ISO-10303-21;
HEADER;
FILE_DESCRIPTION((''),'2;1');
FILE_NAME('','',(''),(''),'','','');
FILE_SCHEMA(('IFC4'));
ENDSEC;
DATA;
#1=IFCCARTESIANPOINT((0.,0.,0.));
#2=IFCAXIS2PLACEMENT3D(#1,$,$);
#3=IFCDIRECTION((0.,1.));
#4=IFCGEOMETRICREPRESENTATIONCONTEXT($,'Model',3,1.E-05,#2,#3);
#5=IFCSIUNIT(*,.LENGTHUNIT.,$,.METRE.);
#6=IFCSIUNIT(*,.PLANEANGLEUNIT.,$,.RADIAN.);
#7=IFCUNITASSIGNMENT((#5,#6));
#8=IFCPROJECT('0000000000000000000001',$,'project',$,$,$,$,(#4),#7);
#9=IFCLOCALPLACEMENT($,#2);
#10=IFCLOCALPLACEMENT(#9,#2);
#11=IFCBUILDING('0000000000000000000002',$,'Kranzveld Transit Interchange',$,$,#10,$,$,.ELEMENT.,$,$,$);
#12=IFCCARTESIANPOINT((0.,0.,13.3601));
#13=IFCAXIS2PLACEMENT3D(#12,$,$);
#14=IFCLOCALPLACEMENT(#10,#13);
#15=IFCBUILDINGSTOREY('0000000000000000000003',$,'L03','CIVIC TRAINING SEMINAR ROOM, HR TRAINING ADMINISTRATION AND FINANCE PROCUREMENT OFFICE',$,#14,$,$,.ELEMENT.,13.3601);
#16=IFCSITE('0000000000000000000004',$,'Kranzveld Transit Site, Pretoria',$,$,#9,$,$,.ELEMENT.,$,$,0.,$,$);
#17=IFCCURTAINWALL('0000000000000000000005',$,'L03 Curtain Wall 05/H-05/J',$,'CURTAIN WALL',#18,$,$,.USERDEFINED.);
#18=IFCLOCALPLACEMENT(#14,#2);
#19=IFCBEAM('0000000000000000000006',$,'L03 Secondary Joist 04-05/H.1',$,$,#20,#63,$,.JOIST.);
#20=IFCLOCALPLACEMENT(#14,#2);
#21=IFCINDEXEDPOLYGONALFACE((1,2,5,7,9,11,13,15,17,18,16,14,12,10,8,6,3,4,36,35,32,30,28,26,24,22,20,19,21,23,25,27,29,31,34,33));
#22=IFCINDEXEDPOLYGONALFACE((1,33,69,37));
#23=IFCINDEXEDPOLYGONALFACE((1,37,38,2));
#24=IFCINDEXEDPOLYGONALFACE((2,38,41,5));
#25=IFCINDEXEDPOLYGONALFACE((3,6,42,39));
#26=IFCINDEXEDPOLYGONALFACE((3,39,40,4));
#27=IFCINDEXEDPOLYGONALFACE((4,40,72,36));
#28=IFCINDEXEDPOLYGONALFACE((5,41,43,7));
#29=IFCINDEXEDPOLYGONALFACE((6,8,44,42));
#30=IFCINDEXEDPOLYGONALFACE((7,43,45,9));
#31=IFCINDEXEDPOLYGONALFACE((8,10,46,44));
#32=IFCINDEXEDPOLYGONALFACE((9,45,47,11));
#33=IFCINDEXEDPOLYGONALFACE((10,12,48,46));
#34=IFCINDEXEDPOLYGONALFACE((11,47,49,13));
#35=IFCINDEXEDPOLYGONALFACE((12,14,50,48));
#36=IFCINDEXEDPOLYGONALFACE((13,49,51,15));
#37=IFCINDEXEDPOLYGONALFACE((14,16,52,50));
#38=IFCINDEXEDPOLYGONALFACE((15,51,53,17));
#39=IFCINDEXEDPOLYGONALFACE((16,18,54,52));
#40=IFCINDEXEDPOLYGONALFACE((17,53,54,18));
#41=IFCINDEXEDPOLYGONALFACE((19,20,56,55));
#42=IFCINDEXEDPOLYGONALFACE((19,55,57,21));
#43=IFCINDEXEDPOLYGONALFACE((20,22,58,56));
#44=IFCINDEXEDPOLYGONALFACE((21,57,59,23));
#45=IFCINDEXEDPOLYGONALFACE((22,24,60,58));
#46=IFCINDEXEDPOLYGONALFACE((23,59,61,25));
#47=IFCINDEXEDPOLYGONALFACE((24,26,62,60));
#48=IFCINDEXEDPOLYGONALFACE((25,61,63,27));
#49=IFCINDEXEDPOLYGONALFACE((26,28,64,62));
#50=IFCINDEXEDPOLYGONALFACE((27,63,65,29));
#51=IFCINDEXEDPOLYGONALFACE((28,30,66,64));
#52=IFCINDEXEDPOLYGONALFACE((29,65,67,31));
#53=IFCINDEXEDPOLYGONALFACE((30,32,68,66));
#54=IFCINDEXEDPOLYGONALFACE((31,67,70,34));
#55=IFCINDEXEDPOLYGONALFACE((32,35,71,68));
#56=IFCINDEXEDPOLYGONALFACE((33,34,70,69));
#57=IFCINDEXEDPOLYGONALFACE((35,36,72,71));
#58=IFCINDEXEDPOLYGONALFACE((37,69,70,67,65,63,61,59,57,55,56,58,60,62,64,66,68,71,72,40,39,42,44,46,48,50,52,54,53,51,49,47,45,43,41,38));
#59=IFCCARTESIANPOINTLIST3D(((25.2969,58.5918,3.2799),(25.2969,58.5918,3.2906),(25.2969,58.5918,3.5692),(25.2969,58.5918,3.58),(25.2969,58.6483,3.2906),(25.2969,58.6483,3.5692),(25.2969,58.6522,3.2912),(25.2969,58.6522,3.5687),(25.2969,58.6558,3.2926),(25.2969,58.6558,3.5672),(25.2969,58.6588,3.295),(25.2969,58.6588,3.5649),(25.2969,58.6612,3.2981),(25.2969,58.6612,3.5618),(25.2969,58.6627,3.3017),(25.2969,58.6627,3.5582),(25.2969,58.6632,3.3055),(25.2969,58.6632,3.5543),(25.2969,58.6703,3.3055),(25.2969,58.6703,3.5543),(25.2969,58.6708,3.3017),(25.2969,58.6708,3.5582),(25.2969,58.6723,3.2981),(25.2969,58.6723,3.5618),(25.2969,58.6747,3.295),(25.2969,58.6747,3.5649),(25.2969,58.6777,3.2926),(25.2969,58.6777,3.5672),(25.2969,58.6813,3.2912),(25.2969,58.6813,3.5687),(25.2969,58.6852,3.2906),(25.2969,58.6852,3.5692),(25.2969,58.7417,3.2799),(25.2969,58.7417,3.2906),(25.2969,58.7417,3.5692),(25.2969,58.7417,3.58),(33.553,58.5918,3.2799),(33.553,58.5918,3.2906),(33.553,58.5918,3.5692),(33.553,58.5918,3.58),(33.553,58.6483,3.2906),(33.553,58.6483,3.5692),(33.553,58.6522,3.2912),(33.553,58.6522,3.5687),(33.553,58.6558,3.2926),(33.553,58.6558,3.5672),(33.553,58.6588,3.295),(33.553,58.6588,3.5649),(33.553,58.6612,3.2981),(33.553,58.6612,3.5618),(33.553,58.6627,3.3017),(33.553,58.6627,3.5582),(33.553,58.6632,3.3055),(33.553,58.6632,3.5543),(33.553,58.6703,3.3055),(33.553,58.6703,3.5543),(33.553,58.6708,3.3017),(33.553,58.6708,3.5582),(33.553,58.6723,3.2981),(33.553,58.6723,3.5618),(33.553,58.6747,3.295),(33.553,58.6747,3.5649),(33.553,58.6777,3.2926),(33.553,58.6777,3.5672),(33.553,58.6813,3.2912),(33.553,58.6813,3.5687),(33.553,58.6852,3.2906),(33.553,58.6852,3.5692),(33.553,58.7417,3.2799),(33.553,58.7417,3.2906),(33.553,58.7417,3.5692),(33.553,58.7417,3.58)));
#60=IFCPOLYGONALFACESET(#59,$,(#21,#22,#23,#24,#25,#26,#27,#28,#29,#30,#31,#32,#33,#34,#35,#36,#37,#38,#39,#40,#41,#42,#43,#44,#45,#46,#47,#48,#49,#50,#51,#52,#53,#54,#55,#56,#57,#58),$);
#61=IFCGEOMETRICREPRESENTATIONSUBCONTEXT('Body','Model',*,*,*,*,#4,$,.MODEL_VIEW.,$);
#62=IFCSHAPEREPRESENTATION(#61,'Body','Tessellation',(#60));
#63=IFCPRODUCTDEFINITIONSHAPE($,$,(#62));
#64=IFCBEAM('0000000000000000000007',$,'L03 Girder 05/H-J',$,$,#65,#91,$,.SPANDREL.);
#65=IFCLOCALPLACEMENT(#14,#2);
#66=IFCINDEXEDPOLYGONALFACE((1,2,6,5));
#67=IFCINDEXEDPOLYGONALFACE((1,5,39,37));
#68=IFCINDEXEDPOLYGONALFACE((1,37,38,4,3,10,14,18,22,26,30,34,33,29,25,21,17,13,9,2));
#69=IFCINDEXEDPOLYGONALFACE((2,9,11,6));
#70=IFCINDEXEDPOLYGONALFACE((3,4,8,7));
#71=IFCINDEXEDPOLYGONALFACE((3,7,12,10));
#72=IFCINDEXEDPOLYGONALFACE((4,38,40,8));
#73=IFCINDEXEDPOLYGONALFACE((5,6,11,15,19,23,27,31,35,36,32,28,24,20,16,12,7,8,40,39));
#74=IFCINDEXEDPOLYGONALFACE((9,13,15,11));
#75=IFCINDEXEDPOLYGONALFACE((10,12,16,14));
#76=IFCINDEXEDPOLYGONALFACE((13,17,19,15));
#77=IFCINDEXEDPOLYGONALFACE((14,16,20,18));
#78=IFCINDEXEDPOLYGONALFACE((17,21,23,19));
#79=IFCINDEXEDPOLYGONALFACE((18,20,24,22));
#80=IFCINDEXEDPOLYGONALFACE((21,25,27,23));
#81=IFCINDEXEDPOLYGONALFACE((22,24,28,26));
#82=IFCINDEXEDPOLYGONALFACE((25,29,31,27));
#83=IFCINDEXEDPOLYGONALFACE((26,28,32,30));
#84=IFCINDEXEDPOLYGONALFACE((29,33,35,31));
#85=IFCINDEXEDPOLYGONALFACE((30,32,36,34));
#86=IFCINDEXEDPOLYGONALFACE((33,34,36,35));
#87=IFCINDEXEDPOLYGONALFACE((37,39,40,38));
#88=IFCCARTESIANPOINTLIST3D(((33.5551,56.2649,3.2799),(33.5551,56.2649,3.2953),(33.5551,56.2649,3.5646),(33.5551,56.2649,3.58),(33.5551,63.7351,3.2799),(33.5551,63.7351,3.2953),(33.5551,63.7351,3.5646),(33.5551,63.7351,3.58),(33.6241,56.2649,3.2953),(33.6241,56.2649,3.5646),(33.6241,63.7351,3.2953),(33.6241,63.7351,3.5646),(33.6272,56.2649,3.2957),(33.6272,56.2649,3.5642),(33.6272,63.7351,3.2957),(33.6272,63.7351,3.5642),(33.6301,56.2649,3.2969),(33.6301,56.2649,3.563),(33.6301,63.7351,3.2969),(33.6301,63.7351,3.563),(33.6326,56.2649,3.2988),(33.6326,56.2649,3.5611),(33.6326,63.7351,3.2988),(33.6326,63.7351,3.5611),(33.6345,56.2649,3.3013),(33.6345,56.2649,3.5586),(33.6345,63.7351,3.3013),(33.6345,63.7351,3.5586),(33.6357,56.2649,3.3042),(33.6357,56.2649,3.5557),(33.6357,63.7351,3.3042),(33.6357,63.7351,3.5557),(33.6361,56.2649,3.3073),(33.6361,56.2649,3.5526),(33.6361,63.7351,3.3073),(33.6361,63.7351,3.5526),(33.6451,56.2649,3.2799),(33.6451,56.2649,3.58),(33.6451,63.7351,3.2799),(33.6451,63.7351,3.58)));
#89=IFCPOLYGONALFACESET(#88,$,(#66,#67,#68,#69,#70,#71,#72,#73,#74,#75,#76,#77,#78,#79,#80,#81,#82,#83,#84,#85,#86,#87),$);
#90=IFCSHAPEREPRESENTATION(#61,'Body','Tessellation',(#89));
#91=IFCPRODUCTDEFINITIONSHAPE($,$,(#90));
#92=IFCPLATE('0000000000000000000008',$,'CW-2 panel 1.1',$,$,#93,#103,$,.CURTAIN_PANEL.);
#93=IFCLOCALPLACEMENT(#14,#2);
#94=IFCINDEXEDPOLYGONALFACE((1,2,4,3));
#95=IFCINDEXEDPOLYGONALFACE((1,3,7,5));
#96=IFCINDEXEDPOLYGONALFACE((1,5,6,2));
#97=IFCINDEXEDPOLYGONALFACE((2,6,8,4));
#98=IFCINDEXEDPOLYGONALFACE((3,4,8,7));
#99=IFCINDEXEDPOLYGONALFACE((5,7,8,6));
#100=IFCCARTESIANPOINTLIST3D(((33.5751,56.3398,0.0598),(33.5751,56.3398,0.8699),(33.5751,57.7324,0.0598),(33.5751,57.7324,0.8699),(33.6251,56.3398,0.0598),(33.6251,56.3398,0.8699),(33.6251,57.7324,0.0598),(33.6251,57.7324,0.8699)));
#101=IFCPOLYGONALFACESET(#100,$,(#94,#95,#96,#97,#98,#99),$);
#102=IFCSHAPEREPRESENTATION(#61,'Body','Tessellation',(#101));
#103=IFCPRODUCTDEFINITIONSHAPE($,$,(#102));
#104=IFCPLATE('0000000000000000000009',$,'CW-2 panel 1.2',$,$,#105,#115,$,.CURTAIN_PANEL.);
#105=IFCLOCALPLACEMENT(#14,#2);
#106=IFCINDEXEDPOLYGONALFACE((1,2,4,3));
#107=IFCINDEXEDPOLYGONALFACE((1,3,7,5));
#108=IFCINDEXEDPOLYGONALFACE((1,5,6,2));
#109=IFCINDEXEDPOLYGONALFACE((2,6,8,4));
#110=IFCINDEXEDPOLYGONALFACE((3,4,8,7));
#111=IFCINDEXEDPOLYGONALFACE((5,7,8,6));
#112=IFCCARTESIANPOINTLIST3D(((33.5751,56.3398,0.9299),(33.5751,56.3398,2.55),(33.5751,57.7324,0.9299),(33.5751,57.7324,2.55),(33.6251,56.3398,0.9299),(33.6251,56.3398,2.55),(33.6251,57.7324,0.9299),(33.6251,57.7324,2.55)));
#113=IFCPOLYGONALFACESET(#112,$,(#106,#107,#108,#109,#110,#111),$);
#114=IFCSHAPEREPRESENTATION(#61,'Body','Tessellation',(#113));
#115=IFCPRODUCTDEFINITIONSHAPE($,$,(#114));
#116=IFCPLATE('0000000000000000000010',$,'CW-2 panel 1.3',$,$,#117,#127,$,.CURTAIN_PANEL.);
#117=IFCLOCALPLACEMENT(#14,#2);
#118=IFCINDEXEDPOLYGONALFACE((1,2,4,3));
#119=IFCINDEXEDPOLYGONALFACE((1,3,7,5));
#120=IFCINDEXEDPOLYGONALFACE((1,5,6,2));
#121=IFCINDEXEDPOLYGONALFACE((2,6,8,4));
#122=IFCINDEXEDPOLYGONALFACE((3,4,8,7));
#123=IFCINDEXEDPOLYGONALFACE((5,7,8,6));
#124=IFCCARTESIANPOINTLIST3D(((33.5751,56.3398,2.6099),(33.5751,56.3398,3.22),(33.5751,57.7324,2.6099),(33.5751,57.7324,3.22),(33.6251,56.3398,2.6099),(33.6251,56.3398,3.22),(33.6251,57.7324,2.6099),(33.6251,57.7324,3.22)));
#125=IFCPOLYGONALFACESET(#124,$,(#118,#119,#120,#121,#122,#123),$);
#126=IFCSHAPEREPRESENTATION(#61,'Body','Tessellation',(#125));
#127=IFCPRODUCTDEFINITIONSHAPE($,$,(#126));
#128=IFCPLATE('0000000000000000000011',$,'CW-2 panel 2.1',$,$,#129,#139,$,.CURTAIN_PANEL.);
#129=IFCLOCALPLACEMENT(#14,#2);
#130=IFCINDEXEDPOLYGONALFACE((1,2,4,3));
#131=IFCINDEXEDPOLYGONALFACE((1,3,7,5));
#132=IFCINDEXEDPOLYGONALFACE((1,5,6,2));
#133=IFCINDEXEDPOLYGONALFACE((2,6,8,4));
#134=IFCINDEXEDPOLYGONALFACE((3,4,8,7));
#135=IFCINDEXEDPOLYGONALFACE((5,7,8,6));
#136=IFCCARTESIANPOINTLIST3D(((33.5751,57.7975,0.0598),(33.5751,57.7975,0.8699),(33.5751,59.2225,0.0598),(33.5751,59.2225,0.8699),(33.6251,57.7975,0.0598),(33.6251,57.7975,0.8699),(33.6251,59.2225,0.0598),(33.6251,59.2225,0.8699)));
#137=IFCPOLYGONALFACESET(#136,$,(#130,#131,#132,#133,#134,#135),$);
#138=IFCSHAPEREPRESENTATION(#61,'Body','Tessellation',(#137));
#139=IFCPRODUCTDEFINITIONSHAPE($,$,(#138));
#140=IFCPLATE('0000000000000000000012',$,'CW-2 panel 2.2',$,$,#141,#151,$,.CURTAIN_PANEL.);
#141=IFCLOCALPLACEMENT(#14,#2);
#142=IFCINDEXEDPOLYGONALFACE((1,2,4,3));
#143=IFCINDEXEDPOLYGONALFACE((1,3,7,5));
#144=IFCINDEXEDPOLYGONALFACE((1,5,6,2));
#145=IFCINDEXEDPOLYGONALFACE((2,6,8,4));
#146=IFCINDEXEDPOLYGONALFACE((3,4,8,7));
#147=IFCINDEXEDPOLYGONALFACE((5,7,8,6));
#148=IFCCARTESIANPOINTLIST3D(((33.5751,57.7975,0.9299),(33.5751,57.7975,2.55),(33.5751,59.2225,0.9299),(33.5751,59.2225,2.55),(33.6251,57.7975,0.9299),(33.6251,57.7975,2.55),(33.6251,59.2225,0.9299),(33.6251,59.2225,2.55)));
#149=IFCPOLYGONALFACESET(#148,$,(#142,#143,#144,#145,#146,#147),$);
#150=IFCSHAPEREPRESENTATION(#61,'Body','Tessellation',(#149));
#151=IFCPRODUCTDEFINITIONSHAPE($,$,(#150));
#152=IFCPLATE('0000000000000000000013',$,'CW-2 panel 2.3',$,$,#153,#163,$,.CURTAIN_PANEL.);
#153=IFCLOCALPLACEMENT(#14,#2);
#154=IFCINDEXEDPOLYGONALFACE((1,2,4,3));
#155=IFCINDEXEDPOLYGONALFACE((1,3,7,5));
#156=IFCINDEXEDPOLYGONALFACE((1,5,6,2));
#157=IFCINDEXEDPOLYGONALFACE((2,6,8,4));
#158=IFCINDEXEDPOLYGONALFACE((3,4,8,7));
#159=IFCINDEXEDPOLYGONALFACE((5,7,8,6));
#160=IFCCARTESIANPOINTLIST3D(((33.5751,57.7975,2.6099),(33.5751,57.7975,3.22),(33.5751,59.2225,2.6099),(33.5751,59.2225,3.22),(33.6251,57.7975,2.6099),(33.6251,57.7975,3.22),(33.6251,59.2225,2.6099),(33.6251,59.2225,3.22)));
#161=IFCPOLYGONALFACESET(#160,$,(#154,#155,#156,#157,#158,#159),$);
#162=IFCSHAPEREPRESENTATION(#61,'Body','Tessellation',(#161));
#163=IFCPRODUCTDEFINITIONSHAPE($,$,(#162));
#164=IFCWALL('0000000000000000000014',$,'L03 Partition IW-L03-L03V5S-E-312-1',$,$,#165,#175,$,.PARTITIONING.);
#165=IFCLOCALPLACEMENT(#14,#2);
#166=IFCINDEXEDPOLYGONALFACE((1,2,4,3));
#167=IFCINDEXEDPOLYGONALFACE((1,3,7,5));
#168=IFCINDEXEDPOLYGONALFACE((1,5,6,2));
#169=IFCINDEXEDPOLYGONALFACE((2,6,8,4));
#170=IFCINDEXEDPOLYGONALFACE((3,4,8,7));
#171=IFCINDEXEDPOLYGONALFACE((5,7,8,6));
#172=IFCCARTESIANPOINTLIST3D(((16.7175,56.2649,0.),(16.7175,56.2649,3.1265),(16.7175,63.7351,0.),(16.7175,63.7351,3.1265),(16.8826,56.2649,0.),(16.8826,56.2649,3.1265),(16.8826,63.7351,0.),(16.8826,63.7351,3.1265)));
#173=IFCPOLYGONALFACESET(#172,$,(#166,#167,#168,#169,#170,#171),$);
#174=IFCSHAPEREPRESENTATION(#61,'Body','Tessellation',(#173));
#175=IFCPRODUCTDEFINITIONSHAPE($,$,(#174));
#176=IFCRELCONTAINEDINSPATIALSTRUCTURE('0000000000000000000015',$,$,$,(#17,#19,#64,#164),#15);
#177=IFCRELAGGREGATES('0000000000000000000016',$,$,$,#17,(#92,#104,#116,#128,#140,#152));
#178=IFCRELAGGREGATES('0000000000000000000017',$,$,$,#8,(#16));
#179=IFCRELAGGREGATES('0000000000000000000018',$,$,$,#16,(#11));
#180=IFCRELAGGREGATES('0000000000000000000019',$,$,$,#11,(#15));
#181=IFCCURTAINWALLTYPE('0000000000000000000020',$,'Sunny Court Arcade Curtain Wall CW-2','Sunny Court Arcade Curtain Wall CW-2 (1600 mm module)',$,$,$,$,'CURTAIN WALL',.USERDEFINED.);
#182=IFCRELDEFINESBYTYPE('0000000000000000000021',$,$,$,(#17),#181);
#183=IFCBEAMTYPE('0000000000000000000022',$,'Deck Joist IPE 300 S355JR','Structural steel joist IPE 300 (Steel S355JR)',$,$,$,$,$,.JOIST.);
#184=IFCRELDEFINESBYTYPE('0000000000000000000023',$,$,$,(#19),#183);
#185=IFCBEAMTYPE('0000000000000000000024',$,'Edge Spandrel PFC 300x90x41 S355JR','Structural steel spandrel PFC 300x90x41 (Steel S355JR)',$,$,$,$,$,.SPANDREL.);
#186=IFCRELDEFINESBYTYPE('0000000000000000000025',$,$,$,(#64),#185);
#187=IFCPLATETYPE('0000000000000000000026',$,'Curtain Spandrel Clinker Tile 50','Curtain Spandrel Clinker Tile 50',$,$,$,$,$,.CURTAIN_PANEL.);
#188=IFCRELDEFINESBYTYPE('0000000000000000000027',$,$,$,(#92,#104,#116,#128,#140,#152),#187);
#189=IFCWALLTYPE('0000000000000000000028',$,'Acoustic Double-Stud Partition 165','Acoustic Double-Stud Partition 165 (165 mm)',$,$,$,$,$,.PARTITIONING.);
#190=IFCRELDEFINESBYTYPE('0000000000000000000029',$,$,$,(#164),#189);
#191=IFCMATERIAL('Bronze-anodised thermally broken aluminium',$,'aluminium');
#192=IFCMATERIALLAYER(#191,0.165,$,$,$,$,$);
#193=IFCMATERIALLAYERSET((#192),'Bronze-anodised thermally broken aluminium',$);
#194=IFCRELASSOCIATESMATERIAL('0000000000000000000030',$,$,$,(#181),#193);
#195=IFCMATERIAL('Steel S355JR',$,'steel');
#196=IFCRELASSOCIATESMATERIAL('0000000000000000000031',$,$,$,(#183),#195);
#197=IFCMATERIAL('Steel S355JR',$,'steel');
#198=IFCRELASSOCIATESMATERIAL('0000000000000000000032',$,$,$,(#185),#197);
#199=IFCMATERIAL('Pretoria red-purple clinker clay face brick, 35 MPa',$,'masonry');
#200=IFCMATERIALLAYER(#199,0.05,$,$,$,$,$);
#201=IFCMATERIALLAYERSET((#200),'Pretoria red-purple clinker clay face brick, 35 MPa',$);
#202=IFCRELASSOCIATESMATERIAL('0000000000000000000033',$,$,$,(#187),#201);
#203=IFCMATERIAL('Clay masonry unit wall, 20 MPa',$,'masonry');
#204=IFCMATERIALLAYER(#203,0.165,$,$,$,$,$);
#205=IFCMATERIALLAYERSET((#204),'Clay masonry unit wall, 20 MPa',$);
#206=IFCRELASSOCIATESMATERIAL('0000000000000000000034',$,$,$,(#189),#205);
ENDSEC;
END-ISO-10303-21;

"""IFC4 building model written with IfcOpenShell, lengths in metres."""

from ifc_helpers import new_model, si_unit, direction, frame, frame_2d, origin, origin_2d, place, context, subcontext, project, spatial, rectangle, i_section, u_section, extrude, material, layer, layer_set, material_profile, profile_set, type_object, element, aggregate, save


model = new_model("IFC4")

# Units and contexts
model_context = context("Model", 3, precision=1e-05, world=origin(), true_north=direction((0.0, 1.0)))
body_context = subcontext(model_context, "Body", "Model", "MODEL_VIEW")
ifc_project = project(units=[si_unit("LENGTHUNIT", "METRE"), si_unit("PLANEANGLEUNIT", "RADIAN")], contexts=[model_context])

# Site, building, storey
site_placement = place(None, origin())
site = spatial("IfcSite", under=ifc_project, at=site_placement, Name="Kranzveld Transit Site, Pretoria", CompositionType="ELEMENT", RefElevation=0.0)
building_placement = place(site_placement, origin())
building = spatial("IfcBuilding", under=site, at=building_placement, Name="Kranzveld Transit Interchange", CompositionType="ELEMENT")
storey_placement = place(building_placement, frame((0.0, 0.0, 13.3601)))
storey = spatial("IfcBuildingStorey", under=building, at=storey_placement, Name="L03", Description="CIVIC TRAINING SEMINAR ROOM, HR TRAINING ADMINISTRATION AND FINANCE PROCUREMENT OFFICE", CompositionType="ELEMENT", Elevation=13.3601)

# Curtain wall
ifc_material_1 = material(Name="Bronze-anodised thermally broken aluminium", Category="aluminium")
ifc_layer_1 = layer(ifc_material_1, 0.165)
ifc_layer_set_1 = layer_set([ifc_layer_1], Name="Bronze-anodised thermally broken aluminium")
curtain_wall_type = type_object("IfcCurtainWallType", Name="Sunny Court Arcade Curtain Wall CW-2", Description="Sunny Court Arcade Curtain Wall CW-2 (1600 mm module)", ElementType="CURTAIN WALL", PredefinedType="USERDEFINED", material=ifc_layer_set_1)
curtain_wall_placement = place(storey_placement, origin())
curtain_wall = element("IfcCurtainWall", 1, at=curtain_wall_placement, inside=storey, type_object=curtain_wall_type, Name="L03 Curtain Wall 05/H-05/J", ObjectType="CURTAIN WALL", PredefinedType="USERDEFINED")

# Beams
ifc_material_2 = material(Name="Steel S355JR", Category="steel")
ifc_material_profile_1 = material_profile(ifc_material_2, i_section(OverallWidth=0.1499, OverallDepth=0.3, WebThickness=0.0071, FlangeThickness=0.0107, FilletRadius=0.0149, at=origin_2d()), Name="IPE 300")
ifc_profile_set_1 = profile_set([ifc_material_profile_1], Name="Steel S355JR")
beam_type_1 = type_object("IfcBeamType", Name="Deck Joist IPE 300 S355JR", Description="Structural steel joist IPE 300 (Steel S355JR)", PredefinedType="JOIST", material=ifc_profile_set_1)
beam_1_placement = place(storey_placement, frame((25.2969, 58.6667, 3.4299), z_axis=(1.0, 0.0, 0.0), x_axis=(0.0, 1.0, 0.0)))
element("IfcBeam", 2, at=beam_1_placement, inside=storey, type_object=beam_type_1, Name="L03 Secondary Joist 04-05/H.1", PredefinedType="JOIST", context=body_context, shape_type="SweptSolid", body=[
    extrude(i_section(OverallWidth=0.1499, OverallDepth=0.3, WebThickness=0.0071, FlangeThickness=0.0107, FilletRadius=0.0149, at=origin_2d()), origin(), (0.0, 0.0, 1.0), 8.2561),
])
ifc_material_3 = material(Name="Steel S355JR", Category="steel")
ifc_material_profile_2 = material_profile(ifc_material_3, u_section(Depth=0.3, FlangeWidth=0.0901, WebThickness=0.009, FlangeThickness=0.0154, FilletRadius=0.012, at=origin_2d()), Name="PFC 300x90x41")
ifc_profile_set_2 = profile_set([ifc_material_profile_2], Name="Steel S355JR")
beam_type_2 = type_object("IfcBeamType", Name="Edge Spandrel PFC 300x90x41 S355JR", Description="Structural steel spandrel PFC 300x90x41 (Steel S355JR)", PredefinedType="SPANDREL", material=ifc_profile_set_2)
beam_2_placement = place(storey_placement, frame((33.6001, 56.2649, 3.4299), z_axis=(0.0, 1.0, 0.0), x_axis=(-1.0, 0.0, 0.0)))
element("IfcBeam", 3, at=beam_2_placement, inside=storey, type_object=beam_type_2, Name="L03 Girder 05/H-J", PredefinedType="SPANDREL", context=body_context, shape_type="SweptSolid", body=[
    extrude(u_section(Depth=0.3, FlangeWidth=0.0901, WebThickness=0.009, FlangeThickness=0.0154, FilletRadius=0.012, at=origin_2d()), origin(), (0.0, 0.0, 1.0), 7.4702),
])

# Plates
ifc_material_4 = material(Name="Pretoria red-purple clinker clay face brick, 35 MPa", Category="masonry")
ifc_layer_2 = layer(ifc_material_4, 0.05)
ifc_layer_set_2 = layer_set([ifc_layer_2], Name="Pretoria red-purple clinker clay face brick, 35 MPa")
plate_type = type_object("IfcPlateType", Name="Curtain Spandrel Clinker Tile 50", Description="Curtain Spandrel Clinker Tile 50", PredefinedType="CURTAIN_PANEL", material=ifc_layer_set_2)
plate_1_placement = place(storey_placement, frame((33.6001, 57.0361, 0.0598), z_axis=(0.0, 0.0, 1.0), x_axis=(0.0, 1.0, 0.0)))
plate_1 = element("IfcPlate", 4, at=plate_1_placement, type_object=plate_type, Name="CW-2 panel 1.1", PredefinedType="CURTAIN_PANEL", context=body_context, shape_type="SweptSolid", body=[
    extrude(rectangle(XDim=1.3926, YDim=0.05, at=origin_2d()), origin(), (0.0, 0.0, 1.0), 0.8101),
])
plate_2_placement = place(storey_placement, frame((33.6001, 57.0361, 0.9299), z_axis=(0.0, 0.0, 1.0), x_axis=(0.0, 1.0, 0.0)))
plate_2 = element("IfcPlate", 5, at=plate_2_placement, type_object=plate_type, Name="CW-2 panel 1.2", PredefinedType="CURTAIN_PANEL", context=body_context, shape_type="SweptSolid", body=[
    extrude(rectangle(XDim=1.3926, YDim=0.05, at=origin_2d()), origin(), (0.0, 0.0, 1.0), 1.6201),
])
plate_3_placement = place(storey_placement, frame((33.6001, 57.0361, 2.6099), z_axis=(0.0, 0.0, 1.0), x_axis=(0.0, 1.0, 0.0)))
plate_3 = element("IfcPlate", 6, at=plate_3_placement, type_object=plate_type, Name="CW-2 panel 1.3", PredefinedType="CURTAIN_PANEL", context=body_context, shape_type="SweptSolid", body=[
    extrude(rectangle(XDim=1.3926, YDim=0.05, at=origin_2d()), origin(), (0.0, 0.0, 1.0), 0.6101),
])
plate_4_placement = place(storey_placement, frame((33.6001, 58.51, 0.0598), z_axis=(0.0, 0.0, 1.0), x_axis=(0.0, 1.0, 0.0)))
plate_4 = element("IfcPlate", 7, at=plate_4_placement, type_object=plate_type, Name="CW-2 panel 2.1", PredefinedType="CURTAIN_PANEL", context=body_context, shape_type="SweptSolid", body=[
    extrude(rectangle(XDim=1.425, YDim=0.05, at=origin_2d()), origin(), (0.0, 0.0, 1.0), 0.8101),
])
plate_5_placement = place(storey_placement, frame((33.6001, 58.51, 0.9299), z_axis=(0.0, 0.0, 1.0), x_axis=(0.0, 1.0, 0.0)))
plate_5 = element("IfcPlate", 8, at=plate_5_placement, type_object=plate_type, Name="CW-2 panel 2.2", PredefinedType="CURTAIN_PANEL", context=body_context, shape_type="SweptSolid", body=[
    extrude(rectangle(XDim=1.425, YDim=0.05, at=origin_2d()), origin(), (0.0, 0.0, 1.0), 1.6201),
])
plate_6_placement = place(storey_placement, frame((33.6001, 58.51, 2.6099), z_axis=(0.0, 0.0, 1.0), x_axis=(0.0, 1.0, 0.0)))
plate_6 = element("IfcPlate", 9, at=plate_6_placement, type_object=plate_type, Name="CW-2 panel 2.3", PredefinedType="CURTAIN_PANEL", context=body_context, shape_type="SweptSolid", body=[
    extrude(rectangle(XDim=1.425, YDim=0.05, at=origin_2d()), origin(), (0.0, 0.0, 1.0), 0.6101),
])
aggregate(curtain_wall, [plate_1, plate_2, plate_3, plate_4, plate_5, plate_6])

# Wall
ifc_material_5 = material(Name="Clay masonry unit wall, 20 MPa", Category="masonry")
ifc_layer_3 = layer(ifc_material_5, 0.165)
ifc_layer_set_3 = layer_set([ifc_layer_3], Name="Clay masonry unit wall, 20 MPa")
wall_type = type_object("IfcWallType", Name="Acoustic Double-Stud Partition 165", Description="Acoustic Double-Stud Partition 165 (165 mm)", PredefinedType="PARTITIONING", material=ifc_layer_set_3)
wall_placement = place(storey_placement, frame((16.8, 56.2649, 0.0), z_axis=(0.0, 0.0, 1.0), x_axis=(0.0, 1.0, 0.0)))
element("IfcWall", 10, at=wall_placement, inside=storey, type_object=wall_type, Name="L03 Partition IW-L03-L03V5S-E-312-1", PredefinedType="PARTITIONING", context=body_context, shape_type="SweptSolid", body=[
    extrude(rectangle(XDim=7.4702, YDim=0.165, at=frame_2d((3.7351, 0.0))), origin(), (0.0, 0.0, 1.0), 3.1265),
])

save(model, "model.ifc")
